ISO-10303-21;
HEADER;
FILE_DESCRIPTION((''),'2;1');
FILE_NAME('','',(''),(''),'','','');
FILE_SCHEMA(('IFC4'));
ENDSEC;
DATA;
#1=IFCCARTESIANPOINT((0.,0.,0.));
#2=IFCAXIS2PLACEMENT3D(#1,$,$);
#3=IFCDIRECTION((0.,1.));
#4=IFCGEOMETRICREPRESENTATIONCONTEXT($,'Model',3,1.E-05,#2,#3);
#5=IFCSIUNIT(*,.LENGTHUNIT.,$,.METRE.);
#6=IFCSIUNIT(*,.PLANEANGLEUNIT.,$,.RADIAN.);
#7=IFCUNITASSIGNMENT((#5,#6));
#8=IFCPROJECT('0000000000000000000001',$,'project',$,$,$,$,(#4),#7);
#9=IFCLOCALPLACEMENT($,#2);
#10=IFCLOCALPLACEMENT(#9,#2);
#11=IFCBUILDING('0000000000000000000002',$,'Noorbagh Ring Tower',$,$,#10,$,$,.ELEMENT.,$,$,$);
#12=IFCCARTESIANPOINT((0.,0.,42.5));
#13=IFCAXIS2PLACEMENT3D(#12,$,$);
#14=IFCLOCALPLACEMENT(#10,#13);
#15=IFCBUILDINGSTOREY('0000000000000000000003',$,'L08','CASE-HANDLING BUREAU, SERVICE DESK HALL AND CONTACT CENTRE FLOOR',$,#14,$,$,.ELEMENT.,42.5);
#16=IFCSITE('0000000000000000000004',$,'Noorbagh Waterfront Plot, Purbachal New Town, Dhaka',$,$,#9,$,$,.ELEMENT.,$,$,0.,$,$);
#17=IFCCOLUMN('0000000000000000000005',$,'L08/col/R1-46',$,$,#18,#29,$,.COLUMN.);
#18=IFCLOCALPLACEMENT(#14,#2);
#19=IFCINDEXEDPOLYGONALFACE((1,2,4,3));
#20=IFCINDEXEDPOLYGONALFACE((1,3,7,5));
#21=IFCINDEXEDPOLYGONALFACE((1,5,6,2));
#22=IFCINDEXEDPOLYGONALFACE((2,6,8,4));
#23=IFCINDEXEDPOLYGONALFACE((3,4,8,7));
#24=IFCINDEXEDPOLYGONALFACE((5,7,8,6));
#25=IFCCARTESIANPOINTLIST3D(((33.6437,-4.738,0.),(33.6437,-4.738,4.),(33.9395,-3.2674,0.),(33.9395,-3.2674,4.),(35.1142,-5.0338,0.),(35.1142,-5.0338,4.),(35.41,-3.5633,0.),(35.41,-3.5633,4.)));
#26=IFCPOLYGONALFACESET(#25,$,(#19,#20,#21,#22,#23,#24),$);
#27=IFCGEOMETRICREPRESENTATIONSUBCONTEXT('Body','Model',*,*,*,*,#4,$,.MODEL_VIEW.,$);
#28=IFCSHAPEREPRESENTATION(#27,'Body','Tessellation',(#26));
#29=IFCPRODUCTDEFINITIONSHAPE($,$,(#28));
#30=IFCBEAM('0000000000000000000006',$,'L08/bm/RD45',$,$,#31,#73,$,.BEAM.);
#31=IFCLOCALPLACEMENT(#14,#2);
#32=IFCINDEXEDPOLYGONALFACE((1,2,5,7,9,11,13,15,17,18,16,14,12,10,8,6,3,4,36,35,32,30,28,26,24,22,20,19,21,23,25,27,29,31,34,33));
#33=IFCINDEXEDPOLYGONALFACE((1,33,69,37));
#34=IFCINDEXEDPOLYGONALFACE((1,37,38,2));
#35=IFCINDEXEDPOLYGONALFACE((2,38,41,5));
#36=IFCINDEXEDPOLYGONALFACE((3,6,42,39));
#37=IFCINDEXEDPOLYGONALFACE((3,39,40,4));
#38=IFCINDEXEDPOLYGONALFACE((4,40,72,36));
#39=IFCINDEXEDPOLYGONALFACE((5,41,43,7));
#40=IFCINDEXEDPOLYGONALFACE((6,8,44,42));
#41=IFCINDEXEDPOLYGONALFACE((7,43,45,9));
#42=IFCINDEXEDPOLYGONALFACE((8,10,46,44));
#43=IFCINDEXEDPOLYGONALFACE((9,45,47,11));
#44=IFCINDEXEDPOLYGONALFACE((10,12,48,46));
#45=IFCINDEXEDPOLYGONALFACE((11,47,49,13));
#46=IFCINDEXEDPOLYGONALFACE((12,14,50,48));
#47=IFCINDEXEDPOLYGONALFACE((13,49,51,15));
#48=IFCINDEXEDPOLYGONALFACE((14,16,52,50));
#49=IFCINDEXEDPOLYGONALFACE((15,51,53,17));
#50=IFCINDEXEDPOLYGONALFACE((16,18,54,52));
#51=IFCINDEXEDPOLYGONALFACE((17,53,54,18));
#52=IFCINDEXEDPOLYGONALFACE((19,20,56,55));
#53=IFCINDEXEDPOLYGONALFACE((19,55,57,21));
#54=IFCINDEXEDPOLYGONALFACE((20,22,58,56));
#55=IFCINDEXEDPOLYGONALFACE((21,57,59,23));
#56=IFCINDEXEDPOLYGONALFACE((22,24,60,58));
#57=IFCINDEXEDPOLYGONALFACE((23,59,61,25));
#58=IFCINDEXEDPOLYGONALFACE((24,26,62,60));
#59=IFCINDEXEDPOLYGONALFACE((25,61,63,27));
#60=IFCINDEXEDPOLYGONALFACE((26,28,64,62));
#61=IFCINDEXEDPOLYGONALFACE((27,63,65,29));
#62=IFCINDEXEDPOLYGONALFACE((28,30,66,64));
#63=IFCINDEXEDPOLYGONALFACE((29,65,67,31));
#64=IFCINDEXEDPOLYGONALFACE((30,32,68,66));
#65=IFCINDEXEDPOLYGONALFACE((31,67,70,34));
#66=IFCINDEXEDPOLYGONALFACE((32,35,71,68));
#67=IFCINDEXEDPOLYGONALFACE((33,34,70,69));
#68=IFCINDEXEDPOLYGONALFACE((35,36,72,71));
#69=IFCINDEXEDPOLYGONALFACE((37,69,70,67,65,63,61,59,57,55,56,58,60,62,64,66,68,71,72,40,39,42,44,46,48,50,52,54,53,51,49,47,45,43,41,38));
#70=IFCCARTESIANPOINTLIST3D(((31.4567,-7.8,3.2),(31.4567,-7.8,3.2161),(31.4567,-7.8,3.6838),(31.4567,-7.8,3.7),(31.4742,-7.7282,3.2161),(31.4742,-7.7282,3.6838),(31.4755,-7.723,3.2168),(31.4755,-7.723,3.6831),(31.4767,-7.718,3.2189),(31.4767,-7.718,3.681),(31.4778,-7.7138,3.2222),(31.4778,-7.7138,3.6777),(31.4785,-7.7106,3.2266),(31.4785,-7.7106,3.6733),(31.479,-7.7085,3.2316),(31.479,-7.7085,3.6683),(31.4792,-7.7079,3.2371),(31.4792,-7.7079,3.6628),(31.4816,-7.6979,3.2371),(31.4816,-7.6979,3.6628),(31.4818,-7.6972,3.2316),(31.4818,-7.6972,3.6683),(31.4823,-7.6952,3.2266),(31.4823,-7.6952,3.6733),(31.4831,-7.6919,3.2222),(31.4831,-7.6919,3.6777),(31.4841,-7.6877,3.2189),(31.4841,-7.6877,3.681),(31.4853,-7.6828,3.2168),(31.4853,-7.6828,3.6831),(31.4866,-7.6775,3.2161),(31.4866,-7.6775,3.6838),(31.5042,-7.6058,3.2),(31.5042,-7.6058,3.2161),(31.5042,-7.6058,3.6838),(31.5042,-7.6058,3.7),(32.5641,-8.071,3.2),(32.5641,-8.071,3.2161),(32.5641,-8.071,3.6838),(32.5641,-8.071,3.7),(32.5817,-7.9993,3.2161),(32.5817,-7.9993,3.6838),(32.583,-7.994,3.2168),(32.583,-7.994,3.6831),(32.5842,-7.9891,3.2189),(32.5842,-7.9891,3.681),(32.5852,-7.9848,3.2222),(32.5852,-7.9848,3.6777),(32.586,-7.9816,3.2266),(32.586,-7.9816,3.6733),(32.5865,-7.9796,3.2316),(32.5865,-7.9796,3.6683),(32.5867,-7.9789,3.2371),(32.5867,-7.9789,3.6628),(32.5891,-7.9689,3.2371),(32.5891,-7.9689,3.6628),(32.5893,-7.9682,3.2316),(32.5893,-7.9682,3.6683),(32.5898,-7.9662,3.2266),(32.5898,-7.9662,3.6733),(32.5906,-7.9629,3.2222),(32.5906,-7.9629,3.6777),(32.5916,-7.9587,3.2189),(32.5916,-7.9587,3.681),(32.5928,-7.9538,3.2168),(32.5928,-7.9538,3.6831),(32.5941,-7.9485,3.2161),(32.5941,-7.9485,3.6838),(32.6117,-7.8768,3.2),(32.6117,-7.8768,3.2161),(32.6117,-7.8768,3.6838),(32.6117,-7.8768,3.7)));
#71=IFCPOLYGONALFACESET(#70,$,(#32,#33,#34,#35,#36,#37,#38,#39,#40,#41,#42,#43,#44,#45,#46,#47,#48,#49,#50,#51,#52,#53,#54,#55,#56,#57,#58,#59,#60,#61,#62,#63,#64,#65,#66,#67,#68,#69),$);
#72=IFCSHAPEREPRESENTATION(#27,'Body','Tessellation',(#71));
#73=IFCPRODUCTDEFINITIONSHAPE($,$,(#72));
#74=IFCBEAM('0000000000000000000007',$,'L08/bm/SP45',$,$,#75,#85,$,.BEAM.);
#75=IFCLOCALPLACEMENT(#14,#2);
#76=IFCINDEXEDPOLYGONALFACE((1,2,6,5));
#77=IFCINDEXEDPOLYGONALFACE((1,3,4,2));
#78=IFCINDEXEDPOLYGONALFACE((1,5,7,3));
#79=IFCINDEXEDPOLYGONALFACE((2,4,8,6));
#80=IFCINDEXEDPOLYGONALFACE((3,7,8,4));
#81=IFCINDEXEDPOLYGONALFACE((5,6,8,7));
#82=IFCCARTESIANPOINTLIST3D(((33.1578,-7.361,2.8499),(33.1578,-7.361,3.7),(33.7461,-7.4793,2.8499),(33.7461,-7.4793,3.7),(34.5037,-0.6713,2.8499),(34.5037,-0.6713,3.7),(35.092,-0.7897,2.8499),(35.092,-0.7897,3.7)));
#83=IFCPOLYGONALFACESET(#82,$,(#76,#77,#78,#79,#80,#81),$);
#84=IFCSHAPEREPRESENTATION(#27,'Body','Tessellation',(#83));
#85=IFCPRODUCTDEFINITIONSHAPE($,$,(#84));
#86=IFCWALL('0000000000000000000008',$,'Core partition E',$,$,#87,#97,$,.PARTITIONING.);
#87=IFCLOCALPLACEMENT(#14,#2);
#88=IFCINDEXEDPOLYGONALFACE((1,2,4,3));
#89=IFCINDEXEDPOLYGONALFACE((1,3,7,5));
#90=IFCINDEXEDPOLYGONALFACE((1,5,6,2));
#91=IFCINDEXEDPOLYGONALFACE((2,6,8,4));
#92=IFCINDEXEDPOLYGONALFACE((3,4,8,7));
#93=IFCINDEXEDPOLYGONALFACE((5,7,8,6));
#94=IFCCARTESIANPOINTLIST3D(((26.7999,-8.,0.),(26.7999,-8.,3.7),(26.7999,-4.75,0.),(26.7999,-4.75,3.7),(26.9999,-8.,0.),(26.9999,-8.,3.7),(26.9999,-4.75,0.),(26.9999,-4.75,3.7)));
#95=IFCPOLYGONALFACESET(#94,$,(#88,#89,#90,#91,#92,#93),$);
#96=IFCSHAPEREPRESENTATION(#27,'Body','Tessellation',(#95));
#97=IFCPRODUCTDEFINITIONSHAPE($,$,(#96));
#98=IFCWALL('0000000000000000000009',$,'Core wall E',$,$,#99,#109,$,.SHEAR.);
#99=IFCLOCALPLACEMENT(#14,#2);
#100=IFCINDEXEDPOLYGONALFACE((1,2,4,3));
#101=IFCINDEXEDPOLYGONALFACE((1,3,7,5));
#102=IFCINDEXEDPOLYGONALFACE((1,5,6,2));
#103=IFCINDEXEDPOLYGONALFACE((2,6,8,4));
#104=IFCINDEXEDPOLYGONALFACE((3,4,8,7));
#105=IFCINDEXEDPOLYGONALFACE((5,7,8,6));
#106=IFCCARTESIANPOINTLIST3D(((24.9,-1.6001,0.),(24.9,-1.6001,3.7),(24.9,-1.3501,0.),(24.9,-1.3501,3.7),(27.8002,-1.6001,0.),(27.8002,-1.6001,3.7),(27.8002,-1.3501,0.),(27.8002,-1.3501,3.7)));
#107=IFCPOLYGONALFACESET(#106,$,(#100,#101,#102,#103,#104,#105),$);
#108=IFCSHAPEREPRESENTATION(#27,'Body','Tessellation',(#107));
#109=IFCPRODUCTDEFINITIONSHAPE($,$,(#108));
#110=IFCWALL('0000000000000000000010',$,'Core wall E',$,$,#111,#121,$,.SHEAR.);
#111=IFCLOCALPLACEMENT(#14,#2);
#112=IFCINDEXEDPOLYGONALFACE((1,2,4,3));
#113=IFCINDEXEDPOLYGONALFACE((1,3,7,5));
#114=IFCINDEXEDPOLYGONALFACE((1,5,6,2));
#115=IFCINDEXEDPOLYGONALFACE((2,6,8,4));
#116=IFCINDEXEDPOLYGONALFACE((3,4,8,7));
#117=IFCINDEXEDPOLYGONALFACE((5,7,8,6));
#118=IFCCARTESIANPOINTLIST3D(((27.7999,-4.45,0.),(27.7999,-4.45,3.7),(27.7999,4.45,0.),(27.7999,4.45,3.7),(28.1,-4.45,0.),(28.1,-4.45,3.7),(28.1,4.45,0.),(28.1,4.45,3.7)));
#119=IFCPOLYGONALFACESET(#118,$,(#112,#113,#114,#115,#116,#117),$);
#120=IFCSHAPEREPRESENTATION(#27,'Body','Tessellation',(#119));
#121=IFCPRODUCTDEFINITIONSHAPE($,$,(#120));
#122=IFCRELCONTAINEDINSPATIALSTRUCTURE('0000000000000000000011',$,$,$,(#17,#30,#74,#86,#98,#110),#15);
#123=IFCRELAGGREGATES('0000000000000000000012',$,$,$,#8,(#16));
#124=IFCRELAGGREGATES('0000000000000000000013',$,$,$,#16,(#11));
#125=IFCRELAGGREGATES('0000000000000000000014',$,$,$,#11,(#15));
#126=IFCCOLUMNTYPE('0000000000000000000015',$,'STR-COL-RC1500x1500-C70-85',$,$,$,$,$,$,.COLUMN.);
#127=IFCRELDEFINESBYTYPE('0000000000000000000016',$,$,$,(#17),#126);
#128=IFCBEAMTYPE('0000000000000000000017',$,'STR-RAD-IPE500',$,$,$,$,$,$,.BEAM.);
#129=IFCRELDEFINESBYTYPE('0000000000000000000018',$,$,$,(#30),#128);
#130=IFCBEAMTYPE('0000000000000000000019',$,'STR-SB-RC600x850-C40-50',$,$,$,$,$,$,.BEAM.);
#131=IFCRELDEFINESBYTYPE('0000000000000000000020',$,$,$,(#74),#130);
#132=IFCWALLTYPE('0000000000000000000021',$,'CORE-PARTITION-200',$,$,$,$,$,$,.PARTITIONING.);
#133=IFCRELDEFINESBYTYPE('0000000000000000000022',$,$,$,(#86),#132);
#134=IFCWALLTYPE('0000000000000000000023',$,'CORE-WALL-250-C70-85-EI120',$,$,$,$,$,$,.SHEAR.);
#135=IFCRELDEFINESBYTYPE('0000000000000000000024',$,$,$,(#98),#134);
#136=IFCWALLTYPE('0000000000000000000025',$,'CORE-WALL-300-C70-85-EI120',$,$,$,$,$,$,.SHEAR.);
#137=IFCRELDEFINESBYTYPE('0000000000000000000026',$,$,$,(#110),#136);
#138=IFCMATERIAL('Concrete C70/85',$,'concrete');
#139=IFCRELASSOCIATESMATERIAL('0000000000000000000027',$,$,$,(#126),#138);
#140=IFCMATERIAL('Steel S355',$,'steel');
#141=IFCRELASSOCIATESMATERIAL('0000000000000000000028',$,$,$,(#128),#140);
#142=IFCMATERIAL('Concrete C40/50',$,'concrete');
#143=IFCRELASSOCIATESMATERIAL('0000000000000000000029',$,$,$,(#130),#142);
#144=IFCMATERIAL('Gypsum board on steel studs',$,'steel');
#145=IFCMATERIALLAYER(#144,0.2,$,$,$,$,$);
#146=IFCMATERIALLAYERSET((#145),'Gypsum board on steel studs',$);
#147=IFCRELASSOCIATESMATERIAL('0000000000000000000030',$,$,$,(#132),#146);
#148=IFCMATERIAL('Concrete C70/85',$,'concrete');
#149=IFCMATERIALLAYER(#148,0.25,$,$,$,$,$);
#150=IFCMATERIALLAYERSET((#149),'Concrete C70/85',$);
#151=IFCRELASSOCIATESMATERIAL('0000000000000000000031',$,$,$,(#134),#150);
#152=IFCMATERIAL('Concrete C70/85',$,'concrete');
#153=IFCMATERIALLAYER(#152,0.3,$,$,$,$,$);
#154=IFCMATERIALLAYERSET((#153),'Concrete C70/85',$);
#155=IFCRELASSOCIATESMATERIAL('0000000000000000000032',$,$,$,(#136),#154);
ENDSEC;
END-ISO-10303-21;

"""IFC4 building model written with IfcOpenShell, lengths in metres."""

from ifc_helpers import new_model, si_unit, direction, frame, frame_2d, origin, origin_2d, place, context, subcontext, project, spatial, rectangle, i_section, extrude, material, layer, layer_set, material_profile, profile_set, type_object, element, save


model = new_model("IFC4")

# Units and contexts
model_context = context("Model", 3, precision=1e-05, world=origin(), true_north=direction((0.0, 1.0)))
body_context = subcontext(model_context, "Body", "Model", "MODEL_VIEW")
ifc_project = project(units=[si_unit("LENGTHUNIT", "METRE"), si_unit("PLANEANGLEUNIT", "RADIAN")], contexts=[model_context])

# Site, building, storey
site_placement = place(None, origin())
site = spatial("IfcSite", under=ifc_project, at=site_placement, Name="Noorbagh Waterfront Plot, Purbachal New Town, Dhaka", CompositionType="ELEMENT", RefElevation=0.0)
building_placement = place(site_placement, origin())
building = spatial("IfcBuilding", under=site, at=building_placement, Name="Noorbagh Ring Tower", CompositionType="ELEMENT")
storey_placement = place(building_placement, frame((0.0, 0.0, 42.5)))
storey = spatial("IfcBuildingStorey", under=building, at=storey_placement, Name="L08", Description="CASE-HANDLING BUREAU, SERVICE DESK HALL AND CONTACT CENTRE FLOOR", CompositionType="ELEMENT", Elevation=42.5)

# Column
ifc_material_1 = material(Name="Concrete C70/85", Category="concrete")
ifc_material_profile_1 = material_profile(ifc_material_1, rectangle(XDim=1.5, YDim=1.5, at=origin_2d()), Name="RC1500x1500")
ifc_profile_set_1 = profile_set([ifc_material_profile_1], Name="Concrete C70/85")
column_type = type_object("IfcColumnType", Name="STR-COL-RC1500x1500-C70-85", PredefinedType="COLUMN", material=ifc_profile_set_1)
column_placement = place(storey_placement, frame((34.5269, -4.1506, 0.0), z_axis=(0.0, 0.0, 1.0), x_axis=(0.19723, 0.980357, 0.0)))
element("IfcColumn", 1, at=column_placement, inside=storey, type_object=column_type, Name="L08/col/R1-46", PredefinedType="COLUMN", context=body_context, shape_type="SweptSolid", body=[
    extrude(rectangle(XDim=1.5, YDim=1.5, at=origin_2d()), origin(), (0.0, 0.0, 1.0), 4.0),
])

# Beams
ifc_material_2 = material(Name="Steel S355", Category="steel")
ifc_material_profile_2 = material_profile(ifc_material_2, i_section(OverallWidth=0.2, OverallDepth=0.5, WebThickness=0.0103, FlangeThickness=0.0161, FilletRadius=0.021, at=origin_2d()), Name="IPE500")
ifc_profile_set_2 = profile_set([ifc_material_profile_2], Name="Steel S355")
beam_type_1 = type_object("IfcBeamType", Name="STR-RAD-IPE500", PredefinedType="BEAM", material=ifc_profile_set_2)
beam_1_placement = place(storey_placement, frame((32.5879, -7.9739, 3.45), z_axis=(-0.97134, 0.237696, 0.0), x_axis=(-0.237696, -0.97134, 0.0)))
element("IfcBeam", 2, at=beam_1_placement, inside=storey, type_object=beam_type_1, Name="L08/bm/RD45", PredefinedType="BEAM", context=body_context, shape_type="SweptSolid", body=[
    extrude(i_section(OverallWidth=0.2, OverallDepth=0.5, WebThickness=0.0103, FlangeThickness=0.0161, FilletRadius=0.021, at=origin_2d()), origin(), (0.0, 0.0, 1.0), 1.1401),
])
ifc_material_3 = material(Name="Concrete C40/50", Category="concrete")
ifc_material_profile_3 = material_profile(ifc_material_3, rectangle(XDim=0.6001, YDim=0.8501, at=origin_2d()), Name="RC600x850")
ifc_profile_set_3 = profile_set([ifc_material_profile_3], Name="Concrete C40/50")
beam_type_2 = type_object("IfcBeamType", Name="STR-SB-RC600x850-C40-50", PredefinedType="BEAM", material=ifc_profile_set_3)
beam_2_placement = place(storey_placement, frame((33.4519, -7.4202, 3.2749), z_axis=(0.197244, 0.980354, 0.0), x_axis=(-0.980354, 0.197244, 0.0)))
element("IfcBeam", 3, at=beam_2_placement, inside=storey, type_object=beam_type_2, Name="L08/bm/SP45", PredefinedType="BEAM", context=body_context, shape_type="SweptSolid", body=[
    extrude(rectangle(XDim=0.6001, YDim=0.8501, at=origin_2d()), origin(), (0.0, 0.0, 1.0), 6.8237),
])

# Walls
ifc_material_4 = material(Name="Gypsum board on steel studs", Category="steel")
ifc_layer_1 = layer(ifc_material_4, 0.2)
ifc_layer_set_1 = layer_set([ifc_layer_1], Name="Gypsum board on steel studs")
wall_type_1 = type_object("IfcWallType", Name="CORE-PARTITION-200", PredefinedType="PARTITIONING", material=ifc_layer_set_1)
wall_1_placement = place(storey_placement, frame((26.8999, -8.0, 0.0), z_axis=(0.0, 0.0, 1.0), x_axis=(0.0, 1.0, 0.0)))
element("IfcWall", 4, at=wall_1_placement, inside=storey, type_object=wall_type_1, Name="Core partition E", PredefinedType="PARTITIONING", context=body_context, shape_type="SweptSolid", body=[
    extrude(rectangle(XDim=3.25, YDim=0.2, at=frame_2d((1.625, 0.0))), origin(), (0.0, 0.0, 1.0), 3.7),
])
ifc_material_5 = material(Name="Concrete C70/85", Category="concrete")
ifc_layer_2 = layer(ifc_material_5, 0.25)
ifc_layer_set_2 = layer_set([ifc_layer_2], Name="Concrete C70/85")
wall_type_2 = type_object("IfcWallType", Name="CORE-WALL-250-C70-85-EI120", PredefinedType="SHEAR", material=ifc_layer_set_2)
wall_2_placement = place(storey_placement, frame((24.8999, -1.4751, 0.0), z_axis=(0.0, 0.0, 1.0), x_axis=(1.0, 0.0, 0.0)))
element("IfcWall", 5, at=wall_2_placement, inside=storey, type_object=wall_type_2, Name="Core wall E", PredefinedType="SHEAR", context=body_context, shape_type="SweptSolid", body=[
    extrude(rectangle(XDim=2.9001, YDim=0.25, at=frame_2d((1.4502, 0.0))), origin(), (0.0, 0.0, 1.0), 3.7),
])
ifc_material_6 = material(Name="Concrete C70/85", Category="concrete")
ifc_layer_3 = layer(ifc_material_6, 0.3)
ifc_layer_set_3 = layer_set([ifc_layer_3], Name="Concrete C70/85")
wall_type_3 = type_object("IfcWallType", Name="CORE-WALL-300-C70-85-EI120", PredefinedType="SHEAR", material=ifc_layer_set_3)
wall_3_placement = place(storey_placement, frame((27.95, -4.45, 0.0), z_axis=(0.0, 0.0, 1.0), x_axis=(0.0, 1.0, 0.0)))
element("IfcWall", 6, at=wall_3_placement, inside=storey, type_object=wall_type_3, Name="Core wall E", PredefinedType="SHEAR", context=body_context, shape_type="SweptSolid", body=[
    extrude(rectangle(XDim=8.8999, YDim=0.3, at=frame_2d((4.45, 0.0))), origin(), (0.0, 0.0, 1.0), 3.7),
])

save(model, "model.ifc")
